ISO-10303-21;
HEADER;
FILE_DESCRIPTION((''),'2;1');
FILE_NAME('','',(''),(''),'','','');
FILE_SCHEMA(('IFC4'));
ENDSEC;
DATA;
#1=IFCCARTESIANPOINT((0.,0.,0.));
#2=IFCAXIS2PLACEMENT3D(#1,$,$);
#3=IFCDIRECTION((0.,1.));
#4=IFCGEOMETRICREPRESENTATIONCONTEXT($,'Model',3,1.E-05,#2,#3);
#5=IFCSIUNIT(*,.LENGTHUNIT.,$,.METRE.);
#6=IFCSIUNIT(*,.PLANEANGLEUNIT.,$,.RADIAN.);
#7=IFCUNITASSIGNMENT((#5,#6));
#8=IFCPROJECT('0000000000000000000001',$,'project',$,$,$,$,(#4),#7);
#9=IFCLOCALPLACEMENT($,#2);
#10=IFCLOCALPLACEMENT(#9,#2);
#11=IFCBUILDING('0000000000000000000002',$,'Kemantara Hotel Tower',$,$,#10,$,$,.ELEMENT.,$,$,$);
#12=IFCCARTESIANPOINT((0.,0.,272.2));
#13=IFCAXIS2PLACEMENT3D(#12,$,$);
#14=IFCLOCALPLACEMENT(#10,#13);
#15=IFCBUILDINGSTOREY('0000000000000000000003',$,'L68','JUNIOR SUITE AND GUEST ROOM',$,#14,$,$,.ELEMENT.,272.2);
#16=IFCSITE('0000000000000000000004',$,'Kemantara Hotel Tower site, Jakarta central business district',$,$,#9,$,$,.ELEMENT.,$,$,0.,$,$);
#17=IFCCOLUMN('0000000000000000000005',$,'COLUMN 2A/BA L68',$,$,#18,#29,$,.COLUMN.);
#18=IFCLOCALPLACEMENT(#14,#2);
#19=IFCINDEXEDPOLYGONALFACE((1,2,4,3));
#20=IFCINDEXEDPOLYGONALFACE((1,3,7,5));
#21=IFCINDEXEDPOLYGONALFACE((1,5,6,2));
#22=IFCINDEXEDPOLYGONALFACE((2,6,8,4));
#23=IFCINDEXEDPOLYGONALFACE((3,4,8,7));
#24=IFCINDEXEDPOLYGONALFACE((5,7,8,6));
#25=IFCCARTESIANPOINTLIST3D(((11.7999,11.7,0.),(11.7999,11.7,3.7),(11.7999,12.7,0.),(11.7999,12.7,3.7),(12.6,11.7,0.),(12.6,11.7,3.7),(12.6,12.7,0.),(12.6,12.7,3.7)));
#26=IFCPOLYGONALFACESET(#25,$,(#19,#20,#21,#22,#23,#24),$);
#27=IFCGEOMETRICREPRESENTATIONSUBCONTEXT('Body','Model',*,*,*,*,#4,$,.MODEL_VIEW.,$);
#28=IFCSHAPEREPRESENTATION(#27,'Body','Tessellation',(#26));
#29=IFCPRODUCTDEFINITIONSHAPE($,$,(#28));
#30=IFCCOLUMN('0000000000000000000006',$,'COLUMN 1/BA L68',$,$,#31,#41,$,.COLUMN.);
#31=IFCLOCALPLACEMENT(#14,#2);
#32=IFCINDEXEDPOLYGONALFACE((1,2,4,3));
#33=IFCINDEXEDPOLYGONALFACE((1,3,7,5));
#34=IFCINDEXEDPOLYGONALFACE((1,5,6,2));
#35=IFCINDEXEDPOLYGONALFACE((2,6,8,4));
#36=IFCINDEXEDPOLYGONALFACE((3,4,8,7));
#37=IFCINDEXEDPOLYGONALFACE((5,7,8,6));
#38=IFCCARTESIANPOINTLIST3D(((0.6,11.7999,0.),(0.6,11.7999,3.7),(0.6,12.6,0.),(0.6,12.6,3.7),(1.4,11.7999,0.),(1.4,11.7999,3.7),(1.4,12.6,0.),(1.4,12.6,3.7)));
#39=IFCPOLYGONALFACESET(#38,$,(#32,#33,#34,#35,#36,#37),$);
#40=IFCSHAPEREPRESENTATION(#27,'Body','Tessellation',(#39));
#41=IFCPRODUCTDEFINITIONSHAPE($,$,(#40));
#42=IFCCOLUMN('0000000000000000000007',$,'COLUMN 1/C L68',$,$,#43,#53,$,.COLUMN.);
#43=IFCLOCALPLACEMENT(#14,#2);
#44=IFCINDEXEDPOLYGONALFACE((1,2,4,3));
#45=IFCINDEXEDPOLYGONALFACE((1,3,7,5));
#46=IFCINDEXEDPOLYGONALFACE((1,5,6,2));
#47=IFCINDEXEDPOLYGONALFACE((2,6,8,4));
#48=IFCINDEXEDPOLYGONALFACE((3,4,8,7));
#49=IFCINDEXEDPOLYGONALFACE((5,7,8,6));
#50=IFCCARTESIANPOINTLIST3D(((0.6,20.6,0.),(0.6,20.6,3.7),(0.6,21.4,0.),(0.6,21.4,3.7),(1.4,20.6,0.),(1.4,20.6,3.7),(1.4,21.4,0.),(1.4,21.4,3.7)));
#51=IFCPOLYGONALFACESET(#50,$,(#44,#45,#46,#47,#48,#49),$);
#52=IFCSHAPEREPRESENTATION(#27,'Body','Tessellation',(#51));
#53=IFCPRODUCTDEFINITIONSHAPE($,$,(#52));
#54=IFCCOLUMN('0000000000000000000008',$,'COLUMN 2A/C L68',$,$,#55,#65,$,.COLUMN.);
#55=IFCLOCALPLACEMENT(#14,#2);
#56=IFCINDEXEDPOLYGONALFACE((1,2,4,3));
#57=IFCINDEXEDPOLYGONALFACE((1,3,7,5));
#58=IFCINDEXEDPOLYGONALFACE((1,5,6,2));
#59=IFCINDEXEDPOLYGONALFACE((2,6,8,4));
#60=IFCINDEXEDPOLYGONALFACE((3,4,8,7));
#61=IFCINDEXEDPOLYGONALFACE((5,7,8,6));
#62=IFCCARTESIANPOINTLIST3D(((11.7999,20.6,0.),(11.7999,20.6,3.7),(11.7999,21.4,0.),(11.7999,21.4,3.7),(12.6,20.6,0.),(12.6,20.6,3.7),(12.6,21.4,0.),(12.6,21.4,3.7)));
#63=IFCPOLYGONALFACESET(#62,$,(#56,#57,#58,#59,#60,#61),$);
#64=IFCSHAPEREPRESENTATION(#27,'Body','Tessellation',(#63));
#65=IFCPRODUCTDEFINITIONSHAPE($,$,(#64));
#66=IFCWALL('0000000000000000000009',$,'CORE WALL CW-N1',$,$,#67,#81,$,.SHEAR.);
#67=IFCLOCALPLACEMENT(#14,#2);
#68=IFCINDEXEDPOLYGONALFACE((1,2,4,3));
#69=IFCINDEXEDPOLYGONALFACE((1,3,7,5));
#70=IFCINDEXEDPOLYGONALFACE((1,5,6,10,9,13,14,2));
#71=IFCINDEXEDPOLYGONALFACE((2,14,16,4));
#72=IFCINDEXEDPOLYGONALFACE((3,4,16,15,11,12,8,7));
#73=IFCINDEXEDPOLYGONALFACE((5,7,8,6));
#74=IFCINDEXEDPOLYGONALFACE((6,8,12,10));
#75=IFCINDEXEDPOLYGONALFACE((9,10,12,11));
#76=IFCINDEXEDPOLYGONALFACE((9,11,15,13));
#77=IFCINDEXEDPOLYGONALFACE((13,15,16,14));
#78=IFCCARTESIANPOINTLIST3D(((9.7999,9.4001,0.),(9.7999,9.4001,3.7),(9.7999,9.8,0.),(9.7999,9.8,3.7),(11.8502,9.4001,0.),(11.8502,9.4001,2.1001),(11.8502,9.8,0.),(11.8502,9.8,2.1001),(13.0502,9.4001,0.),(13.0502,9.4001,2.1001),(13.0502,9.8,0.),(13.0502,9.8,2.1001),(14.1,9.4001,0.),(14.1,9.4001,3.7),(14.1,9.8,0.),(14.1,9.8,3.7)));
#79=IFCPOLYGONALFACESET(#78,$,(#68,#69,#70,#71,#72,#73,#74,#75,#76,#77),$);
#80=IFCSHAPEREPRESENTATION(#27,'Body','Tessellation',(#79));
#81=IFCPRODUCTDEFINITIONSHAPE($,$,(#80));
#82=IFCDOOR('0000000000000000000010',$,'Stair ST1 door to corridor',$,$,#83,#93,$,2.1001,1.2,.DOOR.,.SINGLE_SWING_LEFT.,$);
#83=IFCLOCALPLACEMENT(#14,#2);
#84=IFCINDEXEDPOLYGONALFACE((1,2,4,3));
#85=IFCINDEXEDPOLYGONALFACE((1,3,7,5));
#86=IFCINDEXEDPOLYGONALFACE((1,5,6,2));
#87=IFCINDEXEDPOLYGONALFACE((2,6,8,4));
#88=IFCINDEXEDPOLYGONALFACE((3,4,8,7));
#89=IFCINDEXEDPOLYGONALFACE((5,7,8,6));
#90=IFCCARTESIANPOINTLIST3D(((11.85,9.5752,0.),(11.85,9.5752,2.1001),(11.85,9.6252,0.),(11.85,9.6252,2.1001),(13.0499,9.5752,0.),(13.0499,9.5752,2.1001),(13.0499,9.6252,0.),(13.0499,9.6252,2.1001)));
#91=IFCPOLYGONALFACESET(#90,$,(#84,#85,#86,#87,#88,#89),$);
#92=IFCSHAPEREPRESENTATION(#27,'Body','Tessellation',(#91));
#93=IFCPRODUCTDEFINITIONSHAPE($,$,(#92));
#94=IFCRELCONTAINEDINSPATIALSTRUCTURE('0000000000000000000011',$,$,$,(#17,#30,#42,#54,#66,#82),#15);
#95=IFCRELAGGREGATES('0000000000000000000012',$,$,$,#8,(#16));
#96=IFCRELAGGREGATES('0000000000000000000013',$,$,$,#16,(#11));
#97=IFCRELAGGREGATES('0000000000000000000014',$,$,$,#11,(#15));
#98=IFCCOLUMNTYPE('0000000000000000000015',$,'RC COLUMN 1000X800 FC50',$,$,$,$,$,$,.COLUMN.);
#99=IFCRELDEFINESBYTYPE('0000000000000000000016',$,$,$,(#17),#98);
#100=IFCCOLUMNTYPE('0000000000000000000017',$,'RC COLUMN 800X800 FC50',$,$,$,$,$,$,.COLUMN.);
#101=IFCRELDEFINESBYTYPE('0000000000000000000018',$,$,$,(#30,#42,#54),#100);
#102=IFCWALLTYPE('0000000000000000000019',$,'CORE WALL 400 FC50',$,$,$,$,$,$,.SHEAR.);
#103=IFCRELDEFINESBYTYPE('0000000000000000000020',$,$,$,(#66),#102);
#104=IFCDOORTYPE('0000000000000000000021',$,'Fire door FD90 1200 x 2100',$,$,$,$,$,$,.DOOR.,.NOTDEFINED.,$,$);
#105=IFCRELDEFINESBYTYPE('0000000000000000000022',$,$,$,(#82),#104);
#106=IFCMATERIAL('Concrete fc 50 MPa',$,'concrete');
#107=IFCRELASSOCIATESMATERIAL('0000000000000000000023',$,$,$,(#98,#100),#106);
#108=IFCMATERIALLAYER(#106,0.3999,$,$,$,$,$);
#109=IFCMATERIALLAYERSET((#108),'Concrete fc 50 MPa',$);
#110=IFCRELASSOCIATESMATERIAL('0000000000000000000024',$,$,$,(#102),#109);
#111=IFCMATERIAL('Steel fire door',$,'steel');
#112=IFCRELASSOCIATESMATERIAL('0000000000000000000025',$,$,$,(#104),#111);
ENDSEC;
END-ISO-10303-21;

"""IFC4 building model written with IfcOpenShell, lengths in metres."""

from ifc_helpers import new_model, si_unit, direction, frame, frame_2d, origin, origin_2d, place, context, subcontext, project, spatial, rectangle, extrude, material, layer, layer_set, material_profile, profile_set, type_object, element, fill, save


model = new_model("IFC4")

# Units and contexts
model_context = context("Model", 3, precision=1e-05, world=origin(), true_north=direction((0.0, 1.0)))
body_context = subcontext(model_context, "Body", "Model", "MODEL_VIEW")
ifc_project = project(units=[si_unit("LENGTHUNIT", "METRE"), si_unit("PLANEANGLEUNIT", "RADIAN")], contexts=[model_context])

# Site, building, storey
site_placement = place(None, origin())
site = spatial("IfcSite", under=ifc_project, at=site_placement, Name="Kemantara Hotel Tower site, Jakarta central business district", CompositionType="ELEMENT", RefElevation=0.0)
building_placement = place(site_placement, origin())
building = spatial("IfcBuilding", under=site, at=building_placement, Name="Kemantara Hotel Tower", CompositionType="ELEMENT")
storey_placement = place(building_placement, frame((0.0, 0.0, 272.2)))
storey = spatial("IfcBuildingStorey", under=building, at=storey_placement, Name="L68", Description="JUNIOR SUITE AND GUEST ROOM", CompositionType="ELEMENT", Elevation=272.2)

# Columns
ifc_material_1 = material(Name="Concrete fc 50 MPa", Category="concrete")
ifc_material_profile_1 = material_profile(ifc_material_1, rectangle(XDim=1.0, YDim=0.8, at=origin_2d()), Name="RC 1000X800")
ifc_profile_set_1 = profile_set([ifc_material_profile_1], Name="Concrete fc 50 MPa")
column_type_1 = type_object("IfcColumnType", Name="RC COLUMN 1000X800 FC50", PredefinedType="COLUMN", material=ifc_profile_set_1)
column_placement = place(storey_placement, frame((12.2, 12.2, 0.0), z_axis=(0.0, 0.0, 1.0), x_axis=(0.0, 1.0, 0.0)))
element("IfcColumn", 1, at=column_placement, inside=storey, type_object=column_type_1, Name="COLUMN 2A/BA L68", PredefinedType="COLUMN", context=body_context, shape_type="SweptSolid", body=[
    extrude(rectangle(XDim=1.0, YDim=0.8, at=origin_2d()), origin(), (0.0, 0.0, 1.0), 3.7),
])
ifc_material_profile_2 = material_profile(ifc_material_1, rectangle(XDim=0.8, YDim=0.8, at=origin_2d()), Name="RC 800X800")
ifc_profile_set_2 = profile_set([ifc_material_profile_2], Name="Concrete fc 50 MPa")
column_type_2 = type_object("IfcColumnType", Name="RC COLUMN 800X800 FC50", PredefinedType="COLUMN", material=ifc_profile_set_2)
for number, where, z_axis, x_axis, name in (
    (2, (1.0, 12.2, 0.0), (0.0, 0.0, 1.0), (1.0, 0.0, 0.0), "COLUMN 1/BA L68"),
    (3, (1.0, 21.0, 0.0), (0.0, 0.0, 1.0), (1.0, 0.0, 0.0), "COLUMN 1/C L68"),
    (4, (12.2, 21.0, 0.0), (0.0, 0.0, 1.0), (1.0, 0.0, 0.0), "COLUMN 2A/C L68"),
):
    element("IfcColumn", number, at=place(storey_placement, frame(where, z_axis=z_axis, x_axis=x_axis)), inside=storey, type_object=column_type_2, Name=name, PredefinedType="COLUMN", context=body_context, shape_type="SweptSolid", body=[
        extrude(rectangle(XDim=0.8, YDim=0.8, at=origin_2d()), origin(), (0.0, 0.0, 1.0), 3.7),
    ])

# Wall, opening, door
ifc_layer_1 = layer(ifc_material_1, 0.3999)
ifc_layer_set_1 = layer_set([ifc_layer_1], Name="Concrete fc 50 MPa")
wall_type_1 = type_object("IfcWallType", Name="CORE WALL 400 FC50", PredefinedType="SHEAR", material=ifc_layer_set_1)
wall_1_placement = place(storey_placement, frame((9.8, 9.6001, 0.0), z_axis=(0.0, 0.0, 1.0), x_axis=(1.0, 0.0, 0.0)))
wall_1 = element("IfcWall", 5, at=wall_1_placement, inside=storey, type_object=wall_type_1, Name="CORE WALL CW-N1", PredefinedType="SHEAR", context=body_context, shape_type="SweptSolid", body=[
    extrude(rectangle(XDim=4.3, YDim=0.3999, at=frame_2d((2.1499, 0.0))), origin(), (0.0, 0.0, 1.0), 3.7),
])
opening_1_placement = place(wall_1_placement, frame((2.05, 0.0, 0.0)))
opening_1 = element("IfcOpeningElement", 6, at=opening_1_placement, cuts=wall_1, PredefinedType="OPENING", context=body_context, shape_type="SweptSolid", body=[
    extrude(rectangle(XDim=1.2, YDim=2.1001, at=frame_2d((0.6001, 1.05))), frame((0.0, 0.21, 0.0), z_axis=(0.0, -1.0, 0.0), x_axis=(1.0, 0.0, 0.0)), (0.0, 0.0, 1.0), 0.4199),
])
ifc_material_2 = material(Name="Steel fire door", Category="steel")
door_type_1 = type_object("IfcDoorType", Name="Fire door FD90 1200 x 2100", OperationType="NOTDEFINED", PredefinedType="DOOR", material=ifc_material_2)
door_1_placement = place(opening_1_placement, frame((1.2, 0.0, 0.0), z_axis=(0.0, 0.0, 1.0), x_axis=(-1.0, 0.0, 0.0)))
door_1 = element("IfcDoor", 7, at=door_1_placement, inside=storey, type_object=door_type_1, Name="Stair ST1 door to corridor", OperationType="SINGLE_SWING_LEFT", OverallHeight=2.1001, OverallWidth=1.2, PredefinedType="DOOR", context=body_context, shape_type="SweptSolid", body=[
    extrude(rectangle(XDim=1.2, YDim=2.1001, at=frame_2d((0.6001, 1.05))), frame((0.0, 0.0249, 0.0), z_axis=(0.0, -1.0, 0.0), x_axis=(1.0, 0.0, 0.0)), (0.0, 0.0, 1.0), 0.05),
])
fill(opening_1, door_1)

save(model, "model.ifc")
